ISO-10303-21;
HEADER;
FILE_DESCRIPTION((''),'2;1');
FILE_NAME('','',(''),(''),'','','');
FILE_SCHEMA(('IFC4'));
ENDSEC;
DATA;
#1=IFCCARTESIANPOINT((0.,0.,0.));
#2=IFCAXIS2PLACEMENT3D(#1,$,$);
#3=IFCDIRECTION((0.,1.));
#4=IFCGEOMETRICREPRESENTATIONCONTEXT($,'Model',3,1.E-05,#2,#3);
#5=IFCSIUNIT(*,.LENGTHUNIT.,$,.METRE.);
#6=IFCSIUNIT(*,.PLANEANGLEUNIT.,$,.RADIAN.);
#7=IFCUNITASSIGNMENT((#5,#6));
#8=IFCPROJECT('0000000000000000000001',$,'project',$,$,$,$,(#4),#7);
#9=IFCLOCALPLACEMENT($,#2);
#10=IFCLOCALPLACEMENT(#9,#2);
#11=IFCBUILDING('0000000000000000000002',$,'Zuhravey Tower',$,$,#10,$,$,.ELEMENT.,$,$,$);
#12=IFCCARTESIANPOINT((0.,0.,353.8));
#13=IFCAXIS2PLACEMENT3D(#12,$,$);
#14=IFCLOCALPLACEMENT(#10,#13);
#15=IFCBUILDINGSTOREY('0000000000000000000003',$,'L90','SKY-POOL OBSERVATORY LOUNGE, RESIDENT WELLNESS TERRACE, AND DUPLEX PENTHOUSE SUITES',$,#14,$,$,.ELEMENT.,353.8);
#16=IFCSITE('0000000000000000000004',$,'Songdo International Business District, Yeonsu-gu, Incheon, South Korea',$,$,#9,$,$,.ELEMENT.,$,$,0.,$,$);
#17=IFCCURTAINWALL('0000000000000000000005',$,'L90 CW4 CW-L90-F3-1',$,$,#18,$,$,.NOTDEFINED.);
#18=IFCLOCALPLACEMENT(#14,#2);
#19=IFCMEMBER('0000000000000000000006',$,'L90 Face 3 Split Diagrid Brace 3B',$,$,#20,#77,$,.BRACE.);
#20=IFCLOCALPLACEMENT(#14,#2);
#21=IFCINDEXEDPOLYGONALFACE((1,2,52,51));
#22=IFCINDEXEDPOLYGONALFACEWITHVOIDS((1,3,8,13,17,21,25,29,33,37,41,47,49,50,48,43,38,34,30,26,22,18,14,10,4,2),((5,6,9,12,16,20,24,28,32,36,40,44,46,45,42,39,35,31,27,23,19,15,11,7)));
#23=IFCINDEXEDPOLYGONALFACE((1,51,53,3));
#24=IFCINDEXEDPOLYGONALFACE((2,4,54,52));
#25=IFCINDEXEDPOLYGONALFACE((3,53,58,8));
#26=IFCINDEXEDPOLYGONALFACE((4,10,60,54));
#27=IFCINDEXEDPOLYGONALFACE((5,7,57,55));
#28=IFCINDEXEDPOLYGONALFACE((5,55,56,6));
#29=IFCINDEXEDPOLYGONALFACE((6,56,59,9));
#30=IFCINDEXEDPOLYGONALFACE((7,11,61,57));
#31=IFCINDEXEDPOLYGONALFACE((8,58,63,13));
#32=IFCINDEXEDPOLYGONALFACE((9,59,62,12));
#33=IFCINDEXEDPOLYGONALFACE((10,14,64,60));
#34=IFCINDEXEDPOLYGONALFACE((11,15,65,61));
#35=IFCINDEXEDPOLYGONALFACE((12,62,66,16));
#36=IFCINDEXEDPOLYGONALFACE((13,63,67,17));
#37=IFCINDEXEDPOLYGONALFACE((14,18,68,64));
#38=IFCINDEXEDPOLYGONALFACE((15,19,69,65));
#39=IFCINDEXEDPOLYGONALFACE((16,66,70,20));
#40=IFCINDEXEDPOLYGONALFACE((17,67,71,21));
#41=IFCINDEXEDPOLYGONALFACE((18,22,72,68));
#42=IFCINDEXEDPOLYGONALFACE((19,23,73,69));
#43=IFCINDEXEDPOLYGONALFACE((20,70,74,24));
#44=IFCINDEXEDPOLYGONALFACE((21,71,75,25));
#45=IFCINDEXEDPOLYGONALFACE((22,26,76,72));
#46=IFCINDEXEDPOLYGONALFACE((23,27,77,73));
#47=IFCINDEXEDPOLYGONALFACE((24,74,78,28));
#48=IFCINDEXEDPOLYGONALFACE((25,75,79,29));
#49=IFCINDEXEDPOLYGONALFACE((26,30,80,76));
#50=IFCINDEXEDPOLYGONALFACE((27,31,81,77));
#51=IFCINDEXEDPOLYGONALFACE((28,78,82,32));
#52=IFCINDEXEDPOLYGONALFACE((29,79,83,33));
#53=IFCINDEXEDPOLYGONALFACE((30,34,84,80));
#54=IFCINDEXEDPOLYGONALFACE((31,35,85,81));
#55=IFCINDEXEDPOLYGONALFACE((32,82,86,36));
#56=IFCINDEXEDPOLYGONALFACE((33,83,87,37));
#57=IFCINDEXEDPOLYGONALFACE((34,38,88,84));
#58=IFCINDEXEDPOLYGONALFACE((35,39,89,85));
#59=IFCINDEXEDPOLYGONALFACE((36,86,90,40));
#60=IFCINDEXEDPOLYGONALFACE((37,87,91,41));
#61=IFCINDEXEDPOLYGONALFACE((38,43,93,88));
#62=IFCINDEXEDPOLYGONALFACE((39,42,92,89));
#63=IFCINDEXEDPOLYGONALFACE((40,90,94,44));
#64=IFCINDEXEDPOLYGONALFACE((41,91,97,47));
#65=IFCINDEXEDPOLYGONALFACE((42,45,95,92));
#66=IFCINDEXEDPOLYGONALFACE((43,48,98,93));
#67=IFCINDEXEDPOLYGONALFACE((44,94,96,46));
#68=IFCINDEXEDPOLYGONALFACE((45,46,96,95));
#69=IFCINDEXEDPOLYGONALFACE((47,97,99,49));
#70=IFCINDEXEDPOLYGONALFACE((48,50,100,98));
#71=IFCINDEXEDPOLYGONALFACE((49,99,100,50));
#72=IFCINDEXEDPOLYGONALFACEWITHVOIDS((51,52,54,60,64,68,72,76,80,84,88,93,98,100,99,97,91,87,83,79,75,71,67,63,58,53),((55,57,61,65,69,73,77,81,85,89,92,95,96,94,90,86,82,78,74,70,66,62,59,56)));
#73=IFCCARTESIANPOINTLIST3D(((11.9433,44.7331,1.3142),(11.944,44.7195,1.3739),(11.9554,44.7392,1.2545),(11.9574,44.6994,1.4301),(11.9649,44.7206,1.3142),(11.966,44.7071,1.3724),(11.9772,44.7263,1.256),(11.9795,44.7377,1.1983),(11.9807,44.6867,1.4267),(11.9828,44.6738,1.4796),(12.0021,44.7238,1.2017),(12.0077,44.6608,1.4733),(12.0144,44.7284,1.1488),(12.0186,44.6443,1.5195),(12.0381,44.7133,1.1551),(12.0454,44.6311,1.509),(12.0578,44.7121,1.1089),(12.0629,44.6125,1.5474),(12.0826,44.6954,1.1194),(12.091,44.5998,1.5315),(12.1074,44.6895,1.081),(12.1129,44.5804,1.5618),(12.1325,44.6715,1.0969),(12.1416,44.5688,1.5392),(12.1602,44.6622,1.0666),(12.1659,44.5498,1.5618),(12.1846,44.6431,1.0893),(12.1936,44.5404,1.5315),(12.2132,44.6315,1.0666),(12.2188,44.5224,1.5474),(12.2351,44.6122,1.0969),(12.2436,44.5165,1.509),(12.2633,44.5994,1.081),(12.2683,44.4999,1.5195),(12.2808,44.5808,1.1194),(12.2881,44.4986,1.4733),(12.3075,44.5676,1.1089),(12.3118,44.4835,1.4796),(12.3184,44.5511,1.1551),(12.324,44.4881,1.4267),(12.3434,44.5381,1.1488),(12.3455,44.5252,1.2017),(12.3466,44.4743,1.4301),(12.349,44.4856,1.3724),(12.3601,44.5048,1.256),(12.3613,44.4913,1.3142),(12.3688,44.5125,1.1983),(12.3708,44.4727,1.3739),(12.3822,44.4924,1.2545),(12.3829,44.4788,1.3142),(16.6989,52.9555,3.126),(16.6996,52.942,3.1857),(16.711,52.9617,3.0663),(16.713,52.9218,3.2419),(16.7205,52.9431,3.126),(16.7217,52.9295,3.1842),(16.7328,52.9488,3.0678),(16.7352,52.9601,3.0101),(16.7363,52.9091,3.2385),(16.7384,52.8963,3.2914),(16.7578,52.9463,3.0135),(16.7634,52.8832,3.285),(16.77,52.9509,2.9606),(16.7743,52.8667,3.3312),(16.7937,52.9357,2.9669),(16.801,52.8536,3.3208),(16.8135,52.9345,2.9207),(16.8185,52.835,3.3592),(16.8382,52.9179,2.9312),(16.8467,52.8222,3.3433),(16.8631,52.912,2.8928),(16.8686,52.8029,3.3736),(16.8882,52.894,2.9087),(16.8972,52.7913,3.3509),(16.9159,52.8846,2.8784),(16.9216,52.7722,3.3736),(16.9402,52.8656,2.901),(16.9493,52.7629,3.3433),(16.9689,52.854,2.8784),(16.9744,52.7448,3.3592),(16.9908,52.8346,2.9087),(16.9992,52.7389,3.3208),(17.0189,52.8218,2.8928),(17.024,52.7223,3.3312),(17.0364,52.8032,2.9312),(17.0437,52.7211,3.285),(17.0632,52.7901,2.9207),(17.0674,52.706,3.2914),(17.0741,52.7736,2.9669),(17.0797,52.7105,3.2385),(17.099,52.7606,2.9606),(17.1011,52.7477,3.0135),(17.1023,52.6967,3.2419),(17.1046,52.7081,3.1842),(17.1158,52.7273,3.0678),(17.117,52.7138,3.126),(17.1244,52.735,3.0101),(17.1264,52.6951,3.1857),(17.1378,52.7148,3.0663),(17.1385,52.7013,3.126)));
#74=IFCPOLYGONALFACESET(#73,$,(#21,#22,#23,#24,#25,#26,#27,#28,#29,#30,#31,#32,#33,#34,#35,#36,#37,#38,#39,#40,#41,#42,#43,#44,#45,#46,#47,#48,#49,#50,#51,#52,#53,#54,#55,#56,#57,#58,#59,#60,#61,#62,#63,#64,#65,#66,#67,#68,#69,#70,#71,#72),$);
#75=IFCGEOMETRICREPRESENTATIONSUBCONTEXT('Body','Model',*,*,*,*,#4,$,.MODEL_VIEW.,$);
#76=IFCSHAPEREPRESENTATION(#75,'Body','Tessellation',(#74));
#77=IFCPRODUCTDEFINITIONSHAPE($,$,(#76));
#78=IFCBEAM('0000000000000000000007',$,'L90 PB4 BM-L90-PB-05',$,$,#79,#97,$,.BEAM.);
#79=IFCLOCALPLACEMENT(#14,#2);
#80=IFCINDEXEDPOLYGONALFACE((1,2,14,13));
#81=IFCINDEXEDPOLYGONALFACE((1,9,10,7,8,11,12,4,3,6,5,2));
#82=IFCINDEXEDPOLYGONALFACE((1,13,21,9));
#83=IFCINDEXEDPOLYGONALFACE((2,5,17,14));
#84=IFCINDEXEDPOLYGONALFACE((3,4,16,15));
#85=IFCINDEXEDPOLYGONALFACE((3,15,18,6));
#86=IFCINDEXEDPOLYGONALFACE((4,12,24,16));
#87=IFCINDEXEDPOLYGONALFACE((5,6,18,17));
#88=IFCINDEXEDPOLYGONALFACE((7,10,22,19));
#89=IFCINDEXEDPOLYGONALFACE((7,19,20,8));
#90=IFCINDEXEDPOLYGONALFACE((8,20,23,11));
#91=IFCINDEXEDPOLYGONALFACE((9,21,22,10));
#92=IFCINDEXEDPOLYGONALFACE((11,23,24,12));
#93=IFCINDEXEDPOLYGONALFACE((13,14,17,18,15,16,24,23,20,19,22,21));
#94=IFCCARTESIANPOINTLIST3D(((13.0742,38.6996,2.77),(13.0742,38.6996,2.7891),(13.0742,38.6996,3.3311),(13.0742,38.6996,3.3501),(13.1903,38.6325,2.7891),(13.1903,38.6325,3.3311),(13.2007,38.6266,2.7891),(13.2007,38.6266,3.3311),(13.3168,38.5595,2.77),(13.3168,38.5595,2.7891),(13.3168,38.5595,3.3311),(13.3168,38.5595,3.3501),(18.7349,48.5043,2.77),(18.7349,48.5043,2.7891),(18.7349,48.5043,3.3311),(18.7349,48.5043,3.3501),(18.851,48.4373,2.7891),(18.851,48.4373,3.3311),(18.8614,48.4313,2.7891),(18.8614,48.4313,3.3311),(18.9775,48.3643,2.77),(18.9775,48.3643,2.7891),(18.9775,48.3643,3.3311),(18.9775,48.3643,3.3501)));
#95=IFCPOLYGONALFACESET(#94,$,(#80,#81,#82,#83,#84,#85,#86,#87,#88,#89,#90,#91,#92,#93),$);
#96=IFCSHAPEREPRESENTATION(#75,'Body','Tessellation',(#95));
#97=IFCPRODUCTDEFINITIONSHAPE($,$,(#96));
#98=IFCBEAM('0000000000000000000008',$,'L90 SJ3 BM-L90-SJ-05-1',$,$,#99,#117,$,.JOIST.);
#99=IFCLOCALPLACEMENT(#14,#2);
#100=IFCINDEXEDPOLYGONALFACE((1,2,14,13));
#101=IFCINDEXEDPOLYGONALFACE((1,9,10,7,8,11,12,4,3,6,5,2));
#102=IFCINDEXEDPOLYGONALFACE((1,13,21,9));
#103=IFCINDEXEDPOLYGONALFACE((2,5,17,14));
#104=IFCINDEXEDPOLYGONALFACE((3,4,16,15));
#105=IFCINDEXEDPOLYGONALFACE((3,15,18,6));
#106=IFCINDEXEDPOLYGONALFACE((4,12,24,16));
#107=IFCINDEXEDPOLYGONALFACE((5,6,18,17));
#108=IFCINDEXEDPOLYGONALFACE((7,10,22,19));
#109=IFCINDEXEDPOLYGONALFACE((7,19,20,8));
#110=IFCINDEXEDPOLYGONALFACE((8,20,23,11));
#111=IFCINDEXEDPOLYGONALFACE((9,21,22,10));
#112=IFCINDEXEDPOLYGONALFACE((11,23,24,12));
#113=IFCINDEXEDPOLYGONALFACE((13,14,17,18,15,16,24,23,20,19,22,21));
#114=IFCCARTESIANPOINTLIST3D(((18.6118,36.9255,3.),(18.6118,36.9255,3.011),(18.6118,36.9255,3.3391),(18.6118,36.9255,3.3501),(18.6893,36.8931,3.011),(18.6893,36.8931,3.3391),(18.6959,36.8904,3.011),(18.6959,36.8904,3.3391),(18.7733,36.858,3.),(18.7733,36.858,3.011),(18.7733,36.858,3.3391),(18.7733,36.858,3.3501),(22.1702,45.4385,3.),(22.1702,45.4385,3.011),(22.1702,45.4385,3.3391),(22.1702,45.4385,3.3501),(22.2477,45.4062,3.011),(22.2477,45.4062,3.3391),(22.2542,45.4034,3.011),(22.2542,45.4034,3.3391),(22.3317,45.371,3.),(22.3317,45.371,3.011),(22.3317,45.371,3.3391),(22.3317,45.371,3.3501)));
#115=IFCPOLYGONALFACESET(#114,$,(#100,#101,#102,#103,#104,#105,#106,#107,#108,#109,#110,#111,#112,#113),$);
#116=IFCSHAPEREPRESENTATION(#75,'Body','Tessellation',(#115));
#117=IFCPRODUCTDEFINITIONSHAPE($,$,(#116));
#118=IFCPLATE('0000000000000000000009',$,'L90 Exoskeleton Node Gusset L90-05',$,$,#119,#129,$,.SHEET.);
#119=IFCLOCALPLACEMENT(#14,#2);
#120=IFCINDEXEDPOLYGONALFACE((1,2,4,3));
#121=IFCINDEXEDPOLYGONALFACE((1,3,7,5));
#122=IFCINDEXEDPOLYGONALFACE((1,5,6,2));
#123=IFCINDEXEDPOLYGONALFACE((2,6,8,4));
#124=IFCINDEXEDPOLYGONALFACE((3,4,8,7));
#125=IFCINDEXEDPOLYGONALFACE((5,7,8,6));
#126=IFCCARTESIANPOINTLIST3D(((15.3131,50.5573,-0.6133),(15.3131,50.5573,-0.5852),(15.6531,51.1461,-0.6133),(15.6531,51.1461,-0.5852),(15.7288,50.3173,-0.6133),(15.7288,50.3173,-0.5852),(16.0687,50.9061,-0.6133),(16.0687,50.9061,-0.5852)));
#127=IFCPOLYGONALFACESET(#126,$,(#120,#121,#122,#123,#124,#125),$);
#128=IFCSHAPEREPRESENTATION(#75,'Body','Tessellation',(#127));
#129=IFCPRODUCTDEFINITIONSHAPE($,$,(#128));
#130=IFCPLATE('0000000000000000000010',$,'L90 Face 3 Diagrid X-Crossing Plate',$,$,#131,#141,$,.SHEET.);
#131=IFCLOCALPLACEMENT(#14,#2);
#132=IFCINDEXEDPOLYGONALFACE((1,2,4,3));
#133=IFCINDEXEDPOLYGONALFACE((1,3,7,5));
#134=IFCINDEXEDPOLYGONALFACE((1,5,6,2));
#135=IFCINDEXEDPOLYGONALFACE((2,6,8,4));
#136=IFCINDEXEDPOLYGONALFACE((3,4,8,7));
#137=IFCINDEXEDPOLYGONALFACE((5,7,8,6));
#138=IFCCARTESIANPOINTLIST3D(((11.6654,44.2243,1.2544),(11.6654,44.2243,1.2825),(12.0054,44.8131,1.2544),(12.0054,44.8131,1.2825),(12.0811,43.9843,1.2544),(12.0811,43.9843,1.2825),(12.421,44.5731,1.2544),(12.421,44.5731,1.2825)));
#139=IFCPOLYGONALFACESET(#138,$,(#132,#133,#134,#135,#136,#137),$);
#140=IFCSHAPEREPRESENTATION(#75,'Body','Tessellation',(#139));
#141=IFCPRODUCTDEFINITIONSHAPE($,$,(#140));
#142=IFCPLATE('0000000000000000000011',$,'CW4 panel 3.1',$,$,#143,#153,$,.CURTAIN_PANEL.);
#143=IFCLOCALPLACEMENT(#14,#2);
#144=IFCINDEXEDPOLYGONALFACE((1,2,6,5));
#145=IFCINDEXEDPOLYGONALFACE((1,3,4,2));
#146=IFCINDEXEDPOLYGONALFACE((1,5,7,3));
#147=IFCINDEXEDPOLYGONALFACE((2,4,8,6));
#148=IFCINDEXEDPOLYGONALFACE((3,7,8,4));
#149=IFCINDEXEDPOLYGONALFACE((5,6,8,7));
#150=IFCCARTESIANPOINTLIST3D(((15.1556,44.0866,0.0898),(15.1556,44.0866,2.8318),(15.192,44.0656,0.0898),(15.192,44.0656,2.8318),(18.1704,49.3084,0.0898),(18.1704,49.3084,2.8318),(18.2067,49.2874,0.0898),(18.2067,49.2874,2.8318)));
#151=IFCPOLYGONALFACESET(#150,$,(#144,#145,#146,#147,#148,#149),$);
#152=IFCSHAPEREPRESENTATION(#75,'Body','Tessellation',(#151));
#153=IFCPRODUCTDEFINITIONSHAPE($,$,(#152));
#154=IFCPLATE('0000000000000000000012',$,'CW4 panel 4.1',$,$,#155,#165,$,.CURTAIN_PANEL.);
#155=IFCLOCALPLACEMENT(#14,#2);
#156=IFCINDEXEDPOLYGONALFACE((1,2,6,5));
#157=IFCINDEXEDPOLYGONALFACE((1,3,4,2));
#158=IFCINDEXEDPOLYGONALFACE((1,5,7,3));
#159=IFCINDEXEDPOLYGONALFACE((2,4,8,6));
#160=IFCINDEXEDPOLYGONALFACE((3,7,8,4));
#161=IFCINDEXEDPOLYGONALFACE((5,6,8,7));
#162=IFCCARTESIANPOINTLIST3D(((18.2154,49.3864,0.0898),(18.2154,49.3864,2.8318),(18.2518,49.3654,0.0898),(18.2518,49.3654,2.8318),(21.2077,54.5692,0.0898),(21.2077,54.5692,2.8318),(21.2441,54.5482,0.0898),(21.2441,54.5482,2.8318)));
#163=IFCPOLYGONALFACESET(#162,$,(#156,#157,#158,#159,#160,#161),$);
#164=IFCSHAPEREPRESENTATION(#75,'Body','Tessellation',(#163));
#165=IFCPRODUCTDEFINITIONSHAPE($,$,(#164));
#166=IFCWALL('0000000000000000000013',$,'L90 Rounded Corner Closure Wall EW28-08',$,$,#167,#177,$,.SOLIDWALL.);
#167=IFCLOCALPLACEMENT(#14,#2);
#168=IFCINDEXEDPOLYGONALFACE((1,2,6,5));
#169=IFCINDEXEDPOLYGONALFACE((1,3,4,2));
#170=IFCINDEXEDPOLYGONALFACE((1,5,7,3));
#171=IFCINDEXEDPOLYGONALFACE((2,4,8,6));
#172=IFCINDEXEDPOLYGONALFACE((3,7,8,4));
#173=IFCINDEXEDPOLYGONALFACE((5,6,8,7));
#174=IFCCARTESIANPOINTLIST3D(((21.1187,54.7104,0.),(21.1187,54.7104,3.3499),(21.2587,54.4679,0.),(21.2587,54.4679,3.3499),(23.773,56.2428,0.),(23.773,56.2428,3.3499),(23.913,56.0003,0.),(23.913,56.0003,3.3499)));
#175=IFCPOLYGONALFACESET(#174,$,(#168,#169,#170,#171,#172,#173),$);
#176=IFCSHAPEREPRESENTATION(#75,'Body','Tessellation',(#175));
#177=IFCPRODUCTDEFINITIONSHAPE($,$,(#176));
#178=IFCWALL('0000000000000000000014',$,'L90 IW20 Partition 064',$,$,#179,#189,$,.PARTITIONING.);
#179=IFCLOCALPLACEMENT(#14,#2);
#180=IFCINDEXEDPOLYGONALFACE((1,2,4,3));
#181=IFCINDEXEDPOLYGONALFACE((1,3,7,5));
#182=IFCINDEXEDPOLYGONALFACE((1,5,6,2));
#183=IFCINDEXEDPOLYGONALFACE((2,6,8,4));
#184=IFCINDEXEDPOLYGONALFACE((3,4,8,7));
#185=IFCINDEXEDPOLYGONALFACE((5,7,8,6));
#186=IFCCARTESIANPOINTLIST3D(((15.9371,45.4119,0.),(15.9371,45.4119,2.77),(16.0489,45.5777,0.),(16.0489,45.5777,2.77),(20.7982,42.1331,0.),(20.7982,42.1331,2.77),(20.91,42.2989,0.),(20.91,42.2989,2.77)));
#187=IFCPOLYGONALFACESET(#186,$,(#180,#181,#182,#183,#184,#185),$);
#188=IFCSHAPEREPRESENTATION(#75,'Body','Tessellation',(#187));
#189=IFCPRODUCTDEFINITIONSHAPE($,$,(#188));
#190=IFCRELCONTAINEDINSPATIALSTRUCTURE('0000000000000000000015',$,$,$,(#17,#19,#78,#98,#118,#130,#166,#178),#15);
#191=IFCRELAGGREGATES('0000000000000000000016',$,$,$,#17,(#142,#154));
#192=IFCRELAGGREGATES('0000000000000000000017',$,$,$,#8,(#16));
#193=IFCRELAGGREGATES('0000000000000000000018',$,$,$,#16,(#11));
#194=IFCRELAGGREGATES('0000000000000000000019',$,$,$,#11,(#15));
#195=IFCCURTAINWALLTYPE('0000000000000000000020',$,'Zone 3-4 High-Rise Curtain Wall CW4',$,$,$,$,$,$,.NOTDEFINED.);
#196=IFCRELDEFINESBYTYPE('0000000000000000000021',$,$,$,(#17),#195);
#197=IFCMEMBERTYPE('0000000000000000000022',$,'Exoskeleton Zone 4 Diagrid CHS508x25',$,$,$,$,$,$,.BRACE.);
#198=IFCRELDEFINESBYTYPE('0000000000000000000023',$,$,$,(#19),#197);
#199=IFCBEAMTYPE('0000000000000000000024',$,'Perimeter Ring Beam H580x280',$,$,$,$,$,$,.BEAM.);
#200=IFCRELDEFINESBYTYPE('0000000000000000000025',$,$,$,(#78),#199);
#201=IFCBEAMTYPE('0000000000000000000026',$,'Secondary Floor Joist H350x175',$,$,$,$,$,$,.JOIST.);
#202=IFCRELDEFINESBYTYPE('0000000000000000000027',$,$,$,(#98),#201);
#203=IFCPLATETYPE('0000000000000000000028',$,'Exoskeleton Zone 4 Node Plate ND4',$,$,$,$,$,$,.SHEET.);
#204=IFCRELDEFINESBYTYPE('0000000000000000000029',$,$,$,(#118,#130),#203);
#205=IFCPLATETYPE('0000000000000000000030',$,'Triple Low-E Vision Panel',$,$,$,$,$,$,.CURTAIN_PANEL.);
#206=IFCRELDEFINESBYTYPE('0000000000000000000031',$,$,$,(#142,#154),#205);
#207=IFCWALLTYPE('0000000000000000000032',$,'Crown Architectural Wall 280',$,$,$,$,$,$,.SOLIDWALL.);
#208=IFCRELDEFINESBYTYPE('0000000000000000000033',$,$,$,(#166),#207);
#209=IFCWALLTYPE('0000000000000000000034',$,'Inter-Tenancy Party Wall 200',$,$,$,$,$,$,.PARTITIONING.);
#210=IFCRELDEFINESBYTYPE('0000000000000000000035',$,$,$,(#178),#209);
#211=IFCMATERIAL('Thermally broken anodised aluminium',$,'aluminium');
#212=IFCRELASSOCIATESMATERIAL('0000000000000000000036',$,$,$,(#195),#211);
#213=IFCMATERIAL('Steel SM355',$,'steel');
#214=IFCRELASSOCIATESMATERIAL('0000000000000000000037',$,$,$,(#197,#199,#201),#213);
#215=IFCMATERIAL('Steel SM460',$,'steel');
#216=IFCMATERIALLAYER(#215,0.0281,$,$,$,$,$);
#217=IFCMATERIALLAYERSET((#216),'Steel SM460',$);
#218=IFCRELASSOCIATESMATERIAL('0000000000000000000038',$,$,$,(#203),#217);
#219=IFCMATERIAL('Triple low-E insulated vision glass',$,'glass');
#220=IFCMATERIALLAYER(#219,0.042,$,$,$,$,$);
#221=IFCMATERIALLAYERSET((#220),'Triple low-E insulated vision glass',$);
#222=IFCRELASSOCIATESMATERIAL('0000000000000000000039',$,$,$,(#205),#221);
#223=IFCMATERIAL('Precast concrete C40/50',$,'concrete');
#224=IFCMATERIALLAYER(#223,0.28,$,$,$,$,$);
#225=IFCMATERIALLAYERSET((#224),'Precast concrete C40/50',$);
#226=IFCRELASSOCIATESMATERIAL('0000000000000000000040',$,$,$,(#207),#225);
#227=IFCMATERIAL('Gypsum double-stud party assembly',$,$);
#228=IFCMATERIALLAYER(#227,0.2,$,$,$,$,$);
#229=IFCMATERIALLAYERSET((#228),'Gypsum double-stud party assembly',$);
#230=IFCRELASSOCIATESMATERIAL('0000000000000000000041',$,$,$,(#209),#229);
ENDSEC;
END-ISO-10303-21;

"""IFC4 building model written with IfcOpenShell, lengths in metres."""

from ifc_helpers import new_model, si_unit, direction, frame, frame_2d, origin, origin_2d, place, context, subcontext, project, spatial, rectangle, hollow_circle, i_section, extrude, material, layer, layer_set, material_profile, profile_set, type_object, element, aggregate, save


model = new_model("IFC4")

# Units and contexts
model_context = context("Model", 3, precision=1e-05, world=origin(), true_north=direction((0.0, 1.0)))
body_context = subcontext(model_context, "Body", "Model", "MODEL_VIEW")
ifc_project = project(units=[si_unit("LENGTHUNIT", "METRE"), si_unit("PLANEANGLEUNIT", "RADIAN")], contexts=[model_context])

# Site, building, storey
site_placement = place(None, origin())
site = spatial("IfcSite", under=ifc_project, at=site_placement, Name="Songdo International Business District, Yeonsu-gu, Incheon, South Korea", CompositionType="ELEMENT", RefElevation=0.0)
building_placement = place(site_placement, origin())
building = spatial("IfcBuilding", under=site, at=building_placement, Name="Zuhravey Tower", CompositionType="ELEMENT")
storey_placement = place(building_placement, frame((0.0, 0.0, 353.8)))
storey = spatial("IfcBuildingStorey", under=building, at=storey_placement, Name="L90", Description="SKY-POOL OBSERVATORY LOUNGE, RESIDENT WELLNESS TERRACE, AND DUPLEX PENTHOUSE SUITES", CompositionType="ELEMENT", Elevation=353.8)

# Curtain wall
ifc_material_1 = material(Name="Thermally broken anodised aluminium", Category="aluminium")
curtain_wall_type = type_object("IfcCurtainWallType", Name="Zone 3-4 High-Rise Curtain Wall CW4", PredefinedType="NOTDEFINED", material=ifc_material_1)
curtain_wall_placement = place(storey_placement, origin())
curtain_wall = element("IfcCurtainWall", 1, at=curtain_wall_placement, inside=storey, type_object=curtain_wall_type, Name="L90 CW4 CW-L90-F3-1", PredefinedType="NOTDEFINED")

# Shared definitions
ifc_material_2 = material(Name="Steel SM460", Category="steel")

# Member
ifc_material_3 = material(Name="Steel SM355", Category="steel")
ifc_material_profile_1 = material_profile(ifc_material_3, hollow_circle(Radius=0.2539, WallThickness=0.0249, at=origin_2d()), Name="CHS-508.0x25")
ifc_profile_set_1 = profile_set([ifc_material_profile_1], Name="Steel SM355")
member_type_1 = type_object("IfcMemberType", Name="Exoskeleton Zone 4 Diagrid CHS508x25", PredefinedType="BRACE", material=ifc_profile_set_1)
member_1_placement = place(storey_placement, frame((12.1631, 44.606, 1.3142), z_axis=(0.491797, 0.850312, 0.187362), x_axis=(-0.865642, 0.500663, 0.0)))
element("IfcMember", 2, at=member_1_placement, inside=storey, type_object=member_type_1, Name="L90 Face 3 Split Diagrid Brace 3B", PredefinedType="BRACE", context=body_context, shape_type="SweptSolid", body=[
    extrude(hollow_circle(Radius=0.2539, WallThickness=0.0249, at=origin_2d()), origin(), (0.0, 0.0, 1.0), 9.6699),
])

# Beams
ifc_material_profile_2 = material_profile(ifc_material_3, i_section(OverallWidth=0.28, OverallDepth=0.5801, WebThickness=0.012, FlangeThickness=0.019, at=origin_2d()), Name="H-580x280x12x19")
ifc_profile_set_2 = profile_set([ifc_material_profile_2], Name="Steel SM355")
beam_type_1 = type_object("IfcBeamType", Name="Perimeter Ring Beam H580x280", PredefinedType="BEAM", material=ifc_profile_set_2)
beam_1_placement = place(storey_placement, frame((18.8562, 48.4343, 3.0601), z_axis=(-0.499994, -0.866029, 0.0), x_axis=(0.866029, -0.499994, 0.0)))
element("IfcBeam", 3, at=beam_1_placement, inside=storey, type_object=beam_type_1, Name="L90 PB4 BM-L90-PB-05", PredefinedType="BEAM", context=body_context, shape_type="SweptSolid", body=[
    extrude(i_section(OverallWidth=0.28, OverallDepth=0.5801, WebThickness=0.012, FlangeThickness=0.019, at=origin_2d()), origin(), (0.0, 0.0, 1.0), 11.3215),
])
ifc_material_profile_3 = material_profile(ifc_material_3, i_section(OverallWidth=0.175, OverallDepth=0.3501, WebThickness=0.0071, FlangeThickness=0.011, at=origin_2d()), Name="H-350x175x7x11")
ifc_profile_set_3 = profile_set([ifc_material_profile_3], Name="Steel SM355")
beam_type_2 = type_object("IfcBeamType", Name="Secondary Floor Joist H350x175", PredefinedType="JOIST", material=ifc_profile_set_3)
beam_2_placement = place(storey_placement, frame((22.251, 45.4048, 3.175), z_axis=(-0.385658, -0.922642, 0.0), x_axis=(0.922642, -0.385658, 0.0)))
element("IfcBeam", 4, at=beam_2_placement, inside=storey, type_object=beam_type_2, Name="L90 SJ3 BM-L90-SJ-05-1", PredefinedType="JOIST", context=body_context, shape_type="SweptSolid", body=[
    extrude(i_section(OverallWidth=0.175, OverallDepth=0.3501, WebThickness=0.0071, FlangeThickness=0.011, at=origin_2d()), origin(), (0.0, 0.0, 1.0), 9.2268),
])

# Plates
ifc_layer_1 = layer(ifc_material_2, 0.0281)
ifc_layer_set_1 = layer_set([ifc_layer_1], Name="Steel SM460")
plate_type_1 = type_object("IfcPlateType", Name="Exoskeleton Zone 4 Node Plate ND4", PredefinedType="SHEET", material=ifc_layer_set_1)
for number, where, z_axis, x_axis, name in (
    (5, (15.6909, 50.7317, -0.6133), (0.0, 0.0, 1.0), (-0.5, -0.866025, 0.0), "L90 Exoskeleton Node Gusset L90-05"),
    (6, (12.0432, 44.3987, 1.2544), (0.0, 0.0, 1.0), (-0.5, -0.866025, 0.0), "L90 Face 3 Diagrid X-Crossing Plate"),
):
    element("IfcPlate", number, at=place(storey_placement, frame(where, z_axis=z_axis, x_axis=x_axis)), inside=storey, type_object=plate_type_1, Name=name, PredefinedType="SHEET", context=body_context, shape_type="SweptSolid", body=[
        extrude(rectangle(XDim=0.6799, YDim=0.48, at=origin_2d()), origin(), (0.0, 0.0, 1.0), 0.0281),
    ])

# Plates
ifc_material_4 = material(Name="Triple low-E insulated vision glass", Category="glass")
ifc_layer_2 = layer(ifc_material_4, 0.042)
ifc_layer_set_2 = layer_set([ifc_layer_2], Name="Triple low-E insulated vision glass")
plate_type_2 = type_object("IfcPlateType", Name="Triple Low-E Vision Panel", PredefinedType="CURTAIN_PANEL", material=ifc_layer_set_2)
plate_1_placement = place(storey_placement, frame((16.6812, 46.687, 0.0898), z_axis=(0.0, 0.0, 1.0), x_axis=(0.5, 0.866026, 0.0)))
plate_1 = element("IfcPlate", 7, at=plate_1_placement, type_object=plate_type_2, Name="CW4 panel 3.1", PredefinedType="CURTAIN_PANEL", context=body_context, shape_type="SweptSolid", body=[
    extrude(rectangle(XDim=6.0295, YDim=0.042, at=origin_2d()), origin(), (0.0, 0.0, 1.0), 2.7419),
])
plate_2_placement = place(storey_placement, frame((19.7297, 51.9673, 0.0898), z_axis=(0.0, 0.0, 1.0), x_axis=(0.5, 0.866026, 0.0)))
plate_2 = element("IfcPlate", 8, at=plate_2_placement, type_object=plate_type_2, Name="CW4 panel 4.1", PredefinedType="CURTAIN_PANEL", context=body_context, shape_type="SweptSolid", body=[
    extrude(rectangle(XDim=5.9846, YDim=0.042, at=origin_2d()), origin(), (0.0, 0.0, 1.0), 2.7419),
])
aggregate(curtain_wall, [plate_1, plate_2])

# Walls
ifc_material_5 = material(Name="Precast concrete C40/50", Category="concrete")
ifc_layer_3 = layer(ifc_material_5, 0.28)
ifc_layer_set_3 = layer_set([ifc_layer_3], Name="Precast concrete C40/50")
wall_type_1 = type_object("IfcWallType", Name="Crown Architectural Wall 280", PredefinedType="SOLIDWALL", material=ifc_layer_set_3)
wall_1_placement = place(storey_placement, frame((21.1887, 54.5891, 0.0), z_axis=(0.0, 0.0, 1.0), x_axis=(0.866024, 0.500003, 0.0)))
element("IfcWall", 9, at=wall_1_placement, inside=storey, type_object=wall_type_1, Name="L90 Rounded Corner Closure Wall EW28-08", PredefinedType="SOLIDWALL", context=body_context, shape_type="SweptSolid", body=[
    extrude(rectangle(XDim=3.0649, YDim=0.28, at=frame_2d((1.5325, 0.0))), origin(), (0.0, 0.0, 1.0), 3.3499),
])
ifc_material_6 = material(Name="Gypsum double-stud party assembly")
ifc_layer_4 = layer(ifc_material_6, 0.2)
ifc_layer_set_4 = layer_set([ifc_layer_4], Name="Gypsum double-stud party assembly")
wall_type_2 = type_object("IfcWallType", Name="Inter-Tenancy Party Wall 200", PredefinedType="PARTITIONING", material=ifc_layer_set_4)
wall_2_placement = place(storey_placement, frame((20.854, 42.2161, 0.0), z_axis=(0.0, 0.0, 1.0), x_axis=(-0.82904, 0.559189, 0.0)))
element("IfcWall", 10, at=wall_2_placement, inside=storey, type_object=wall_type_2, Name="L90 IW20 Partition 064", PredefinedType="PARTITIONING", context=body_context, shape_type="SweptSolid", body=[
    extrude(rectangle(XDim=5.8635, YDim=0.2, at=frame_2d((2.9316, 0.0))), origin(), (0.0, 0.0, 1.0), 2.77),
])

save(model, "model.ifc")
